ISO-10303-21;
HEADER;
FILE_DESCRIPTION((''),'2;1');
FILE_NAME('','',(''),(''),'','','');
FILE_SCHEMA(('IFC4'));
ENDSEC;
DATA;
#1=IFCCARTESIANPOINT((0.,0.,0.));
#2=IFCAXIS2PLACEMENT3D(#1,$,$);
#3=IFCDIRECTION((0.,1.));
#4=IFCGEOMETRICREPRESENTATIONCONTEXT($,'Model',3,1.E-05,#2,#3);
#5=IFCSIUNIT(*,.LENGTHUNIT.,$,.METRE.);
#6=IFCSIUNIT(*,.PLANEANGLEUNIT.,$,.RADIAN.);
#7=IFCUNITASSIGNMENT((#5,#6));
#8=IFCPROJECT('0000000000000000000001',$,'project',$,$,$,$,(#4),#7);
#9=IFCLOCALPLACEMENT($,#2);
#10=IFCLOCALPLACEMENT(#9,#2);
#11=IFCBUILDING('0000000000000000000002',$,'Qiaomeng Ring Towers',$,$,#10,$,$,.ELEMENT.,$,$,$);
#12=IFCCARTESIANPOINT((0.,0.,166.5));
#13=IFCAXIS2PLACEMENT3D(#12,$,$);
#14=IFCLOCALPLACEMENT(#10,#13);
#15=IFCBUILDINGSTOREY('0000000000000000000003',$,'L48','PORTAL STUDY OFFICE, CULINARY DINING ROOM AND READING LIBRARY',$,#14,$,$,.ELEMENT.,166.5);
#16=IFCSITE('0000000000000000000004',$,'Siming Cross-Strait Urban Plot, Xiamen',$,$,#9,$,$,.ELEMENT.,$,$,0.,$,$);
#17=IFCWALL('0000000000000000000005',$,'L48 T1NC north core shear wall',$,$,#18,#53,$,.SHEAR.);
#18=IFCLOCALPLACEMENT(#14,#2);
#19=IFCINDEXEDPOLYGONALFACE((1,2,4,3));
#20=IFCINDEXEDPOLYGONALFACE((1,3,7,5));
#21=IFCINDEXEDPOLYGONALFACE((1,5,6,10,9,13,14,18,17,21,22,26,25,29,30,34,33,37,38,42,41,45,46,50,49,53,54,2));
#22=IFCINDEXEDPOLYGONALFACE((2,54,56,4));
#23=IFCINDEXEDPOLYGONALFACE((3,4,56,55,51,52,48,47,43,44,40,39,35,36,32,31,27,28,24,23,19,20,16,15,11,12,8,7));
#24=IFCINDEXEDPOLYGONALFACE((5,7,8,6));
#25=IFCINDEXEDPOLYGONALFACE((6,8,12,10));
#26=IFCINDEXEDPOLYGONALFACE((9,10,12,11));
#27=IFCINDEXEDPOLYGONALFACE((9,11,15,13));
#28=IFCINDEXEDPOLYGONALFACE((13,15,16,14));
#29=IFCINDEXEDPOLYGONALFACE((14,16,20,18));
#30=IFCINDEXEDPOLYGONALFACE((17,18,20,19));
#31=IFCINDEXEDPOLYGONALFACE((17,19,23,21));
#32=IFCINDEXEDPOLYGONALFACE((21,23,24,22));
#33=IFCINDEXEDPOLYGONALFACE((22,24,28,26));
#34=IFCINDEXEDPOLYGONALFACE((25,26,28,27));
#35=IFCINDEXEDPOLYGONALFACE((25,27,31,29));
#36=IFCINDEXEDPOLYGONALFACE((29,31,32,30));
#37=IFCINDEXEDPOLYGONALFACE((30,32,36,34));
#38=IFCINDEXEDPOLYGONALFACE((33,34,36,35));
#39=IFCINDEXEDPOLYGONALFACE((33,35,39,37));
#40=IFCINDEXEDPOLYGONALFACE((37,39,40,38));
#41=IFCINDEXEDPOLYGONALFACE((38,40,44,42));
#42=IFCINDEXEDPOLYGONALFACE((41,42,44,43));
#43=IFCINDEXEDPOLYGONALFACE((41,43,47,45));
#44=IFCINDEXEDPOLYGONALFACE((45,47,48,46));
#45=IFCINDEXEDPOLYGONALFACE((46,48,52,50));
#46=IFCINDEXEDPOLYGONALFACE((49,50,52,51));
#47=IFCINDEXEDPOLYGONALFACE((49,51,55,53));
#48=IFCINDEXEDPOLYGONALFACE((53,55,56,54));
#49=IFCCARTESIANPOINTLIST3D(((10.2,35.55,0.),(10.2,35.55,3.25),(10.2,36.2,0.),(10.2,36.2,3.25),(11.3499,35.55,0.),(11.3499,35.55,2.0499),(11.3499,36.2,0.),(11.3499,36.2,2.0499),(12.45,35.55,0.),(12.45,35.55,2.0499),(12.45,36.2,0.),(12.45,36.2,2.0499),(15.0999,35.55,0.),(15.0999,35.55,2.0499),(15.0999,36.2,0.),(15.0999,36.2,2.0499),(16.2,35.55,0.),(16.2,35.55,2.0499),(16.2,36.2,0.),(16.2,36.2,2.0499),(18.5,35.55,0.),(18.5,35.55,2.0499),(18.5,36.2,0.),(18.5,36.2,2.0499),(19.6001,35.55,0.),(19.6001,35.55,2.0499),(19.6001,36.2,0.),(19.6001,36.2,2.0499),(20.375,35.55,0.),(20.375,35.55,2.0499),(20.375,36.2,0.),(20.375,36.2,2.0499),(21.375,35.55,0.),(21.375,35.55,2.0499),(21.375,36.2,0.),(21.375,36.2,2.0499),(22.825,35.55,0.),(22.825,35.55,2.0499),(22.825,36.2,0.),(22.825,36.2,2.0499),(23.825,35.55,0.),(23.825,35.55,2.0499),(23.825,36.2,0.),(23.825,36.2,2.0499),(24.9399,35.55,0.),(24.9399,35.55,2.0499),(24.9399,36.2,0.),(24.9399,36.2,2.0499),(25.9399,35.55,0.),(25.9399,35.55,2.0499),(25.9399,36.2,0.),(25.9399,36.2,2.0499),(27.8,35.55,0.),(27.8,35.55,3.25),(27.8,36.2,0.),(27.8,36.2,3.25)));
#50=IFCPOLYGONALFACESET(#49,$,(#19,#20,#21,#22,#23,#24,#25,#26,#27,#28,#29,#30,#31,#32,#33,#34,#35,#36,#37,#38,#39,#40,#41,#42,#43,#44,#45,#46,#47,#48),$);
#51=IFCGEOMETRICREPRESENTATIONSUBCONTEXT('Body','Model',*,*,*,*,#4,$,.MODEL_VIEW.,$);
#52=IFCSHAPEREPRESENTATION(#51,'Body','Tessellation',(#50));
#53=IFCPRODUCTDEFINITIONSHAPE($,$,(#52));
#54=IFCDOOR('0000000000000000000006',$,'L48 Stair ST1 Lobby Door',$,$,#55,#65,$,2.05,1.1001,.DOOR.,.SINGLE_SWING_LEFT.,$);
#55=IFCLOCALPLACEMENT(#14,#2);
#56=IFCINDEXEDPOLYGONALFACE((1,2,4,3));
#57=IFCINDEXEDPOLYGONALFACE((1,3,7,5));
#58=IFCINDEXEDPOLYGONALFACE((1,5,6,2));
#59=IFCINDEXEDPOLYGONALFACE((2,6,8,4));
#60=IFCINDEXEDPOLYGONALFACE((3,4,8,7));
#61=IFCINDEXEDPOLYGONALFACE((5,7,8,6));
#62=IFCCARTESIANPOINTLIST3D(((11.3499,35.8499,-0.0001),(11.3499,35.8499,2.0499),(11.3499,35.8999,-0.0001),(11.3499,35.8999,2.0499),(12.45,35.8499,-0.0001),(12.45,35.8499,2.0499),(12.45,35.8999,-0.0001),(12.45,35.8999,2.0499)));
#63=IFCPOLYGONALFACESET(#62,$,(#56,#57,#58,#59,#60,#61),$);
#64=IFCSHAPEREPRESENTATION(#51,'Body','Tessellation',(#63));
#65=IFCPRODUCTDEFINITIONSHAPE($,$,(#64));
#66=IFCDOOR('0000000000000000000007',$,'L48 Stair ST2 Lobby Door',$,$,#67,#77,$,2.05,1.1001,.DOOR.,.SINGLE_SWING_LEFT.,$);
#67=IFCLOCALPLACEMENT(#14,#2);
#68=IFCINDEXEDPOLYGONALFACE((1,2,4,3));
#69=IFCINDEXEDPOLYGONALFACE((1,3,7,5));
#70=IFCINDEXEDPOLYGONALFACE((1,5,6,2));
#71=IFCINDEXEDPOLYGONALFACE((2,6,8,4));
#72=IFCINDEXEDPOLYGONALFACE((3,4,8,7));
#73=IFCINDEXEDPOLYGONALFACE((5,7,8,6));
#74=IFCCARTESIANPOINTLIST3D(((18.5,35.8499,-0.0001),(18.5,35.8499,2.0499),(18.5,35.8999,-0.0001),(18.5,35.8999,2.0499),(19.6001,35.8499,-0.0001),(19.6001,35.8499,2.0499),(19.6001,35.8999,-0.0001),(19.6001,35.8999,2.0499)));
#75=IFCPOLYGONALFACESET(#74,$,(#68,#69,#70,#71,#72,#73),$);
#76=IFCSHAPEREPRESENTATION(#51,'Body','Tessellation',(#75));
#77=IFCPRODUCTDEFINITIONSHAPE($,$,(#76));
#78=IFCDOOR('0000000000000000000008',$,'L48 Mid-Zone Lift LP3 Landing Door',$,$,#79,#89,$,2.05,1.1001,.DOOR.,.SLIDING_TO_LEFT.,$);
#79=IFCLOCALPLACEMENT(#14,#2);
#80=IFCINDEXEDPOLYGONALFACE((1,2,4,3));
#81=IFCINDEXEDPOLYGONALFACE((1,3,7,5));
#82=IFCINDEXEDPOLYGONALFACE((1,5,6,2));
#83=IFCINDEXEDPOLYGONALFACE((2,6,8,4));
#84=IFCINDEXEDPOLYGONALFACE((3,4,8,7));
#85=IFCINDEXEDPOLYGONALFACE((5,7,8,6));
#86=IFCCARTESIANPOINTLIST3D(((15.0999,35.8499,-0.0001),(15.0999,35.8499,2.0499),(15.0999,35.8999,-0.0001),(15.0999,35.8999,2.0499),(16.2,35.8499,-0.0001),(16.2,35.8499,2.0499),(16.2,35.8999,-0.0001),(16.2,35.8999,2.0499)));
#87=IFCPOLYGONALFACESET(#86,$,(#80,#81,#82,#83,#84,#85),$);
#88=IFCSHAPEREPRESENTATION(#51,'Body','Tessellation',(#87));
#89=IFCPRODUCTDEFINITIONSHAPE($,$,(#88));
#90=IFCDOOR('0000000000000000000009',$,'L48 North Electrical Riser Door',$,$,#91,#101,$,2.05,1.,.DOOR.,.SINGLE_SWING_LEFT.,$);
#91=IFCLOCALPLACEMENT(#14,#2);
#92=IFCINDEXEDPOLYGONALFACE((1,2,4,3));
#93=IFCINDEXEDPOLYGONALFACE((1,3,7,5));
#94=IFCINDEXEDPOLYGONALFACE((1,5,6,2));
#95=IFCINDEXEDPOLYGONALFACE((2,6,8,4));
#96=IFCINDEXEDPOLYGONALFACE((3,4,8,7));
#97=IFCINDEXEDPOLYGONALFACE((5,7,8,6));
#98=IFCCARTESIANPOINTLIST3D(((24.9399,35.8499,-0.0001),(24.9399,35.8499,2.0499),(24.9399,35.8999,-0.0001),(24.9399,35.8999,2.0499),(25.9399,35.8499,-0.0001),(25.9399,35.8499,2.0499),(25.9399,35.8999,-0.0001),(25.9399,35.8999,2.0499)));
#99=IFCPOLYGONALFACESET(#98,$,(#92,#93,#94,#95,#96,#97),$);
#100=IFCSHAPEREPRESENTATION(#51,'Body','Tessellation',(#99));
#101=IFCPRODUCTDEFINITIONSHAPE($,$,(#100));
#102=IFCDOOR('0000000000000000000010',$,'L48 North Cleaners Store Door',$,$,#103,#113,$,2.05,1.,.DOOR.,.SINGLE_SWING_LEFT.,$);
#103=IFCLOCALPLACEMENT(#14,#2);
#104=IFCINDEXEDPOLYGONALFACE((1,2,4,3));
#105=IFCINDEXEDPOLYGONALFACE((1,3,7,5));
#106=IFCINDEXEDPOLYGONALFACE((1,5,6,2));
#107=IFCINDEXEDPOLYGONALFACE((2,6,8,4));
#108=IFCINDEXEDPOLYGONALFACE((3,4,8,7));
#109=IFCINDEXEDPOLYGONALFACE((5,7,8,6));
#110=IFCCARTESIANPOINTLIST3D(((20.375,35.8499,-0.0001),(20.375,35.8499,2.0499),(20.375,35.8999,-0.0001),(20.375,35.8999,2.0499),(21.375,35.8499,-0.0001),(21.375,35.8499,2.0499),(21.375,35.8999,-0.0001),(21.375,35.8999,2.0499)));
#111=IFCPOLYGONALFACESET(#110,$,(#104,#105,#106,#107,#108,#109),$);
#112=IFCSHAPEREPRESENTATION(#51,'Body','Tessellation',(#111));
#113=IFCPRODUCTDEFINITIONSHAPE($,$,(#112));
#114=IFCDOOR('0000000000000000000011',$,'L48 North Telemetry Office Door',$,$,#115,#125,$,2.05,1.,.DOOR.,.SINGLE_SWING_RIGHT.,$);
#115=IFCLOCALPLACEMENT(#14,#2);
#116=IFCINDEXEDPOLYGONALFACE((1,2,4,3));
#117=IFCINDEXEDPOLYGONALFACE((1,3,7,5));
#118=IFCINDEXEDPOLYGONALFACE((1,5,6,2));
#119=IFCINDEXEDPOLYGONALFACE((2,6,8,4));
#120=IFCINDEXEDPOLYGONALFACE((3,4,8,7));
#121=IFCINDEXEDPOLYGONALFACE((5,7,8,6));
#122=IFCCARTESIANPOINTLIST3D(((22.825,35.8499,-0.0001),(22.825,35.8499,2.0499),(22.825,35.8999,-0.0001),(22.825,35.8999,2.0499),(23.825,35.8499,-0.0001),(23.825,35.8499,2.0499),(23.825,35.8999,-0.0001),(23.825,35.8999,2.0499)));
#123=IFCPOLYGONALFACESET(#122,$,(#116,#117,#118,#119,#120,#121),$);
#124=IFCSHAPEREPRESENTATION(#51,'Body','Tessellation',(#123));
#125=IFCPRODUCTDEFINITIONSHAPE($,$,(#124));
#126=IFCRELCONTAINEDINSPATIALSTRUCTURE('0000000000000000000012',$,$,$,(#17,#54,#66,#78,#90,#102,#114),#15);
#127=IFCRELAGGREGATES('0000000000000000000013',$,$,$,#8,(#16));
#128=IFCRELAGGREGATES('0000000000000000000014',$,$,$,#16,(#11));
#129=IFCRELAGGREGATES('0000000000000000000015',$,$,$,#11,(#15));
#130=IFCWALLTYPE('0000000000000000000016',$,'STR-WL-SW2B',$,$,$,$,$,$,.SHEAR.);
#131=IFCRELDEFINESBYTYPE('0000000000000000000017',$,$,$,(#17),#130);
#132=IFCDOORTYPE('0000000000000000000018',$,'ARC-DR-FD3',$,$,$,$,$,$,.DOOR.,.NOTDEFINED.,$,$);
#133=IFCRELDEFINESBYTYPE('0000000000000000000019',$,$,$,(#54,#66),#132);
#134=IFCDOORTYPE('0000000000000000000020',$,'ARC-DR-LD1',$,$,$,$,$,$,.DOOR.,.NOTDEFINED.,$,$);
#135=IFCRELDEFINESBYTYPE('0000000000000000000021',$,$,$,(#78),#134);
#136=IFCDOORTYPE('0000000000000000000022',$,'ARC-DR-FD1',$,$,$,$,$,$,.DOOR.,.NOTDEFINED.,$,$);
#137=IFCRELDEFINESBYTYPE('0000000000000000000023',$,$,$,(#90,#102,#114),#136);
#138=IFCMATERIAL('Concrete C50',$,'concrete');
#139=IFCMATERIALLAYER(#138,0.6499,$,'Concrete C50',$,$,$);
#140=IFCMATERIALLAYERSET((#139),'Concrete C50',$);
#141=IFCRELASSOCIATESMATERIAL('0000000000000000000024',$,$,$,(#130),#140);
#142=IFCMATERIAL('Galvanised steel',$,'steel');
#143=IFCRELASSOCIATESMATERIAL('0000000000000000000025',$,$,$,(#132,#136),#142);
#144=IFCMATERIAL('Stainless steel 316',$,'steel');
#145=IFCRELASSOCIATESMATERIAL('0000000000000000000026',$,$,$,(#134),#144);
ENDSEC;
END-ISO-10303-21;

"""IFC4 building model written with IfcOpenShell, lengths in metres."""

from ifc_helpers import new_model, si_unit, direction, frame, frame_2d, origin, place, context, subcontext, project, spatial, rectangle, extrude, source, transform, mapped, material, layer, layer_set, type_object, element, fill, save


model = new_model("IFC4")

# Units and contexts
model_context = context("Model", 3, precision=1e-05, world=origin(), true_north=direction((0.0, 1.0)))
body_context = subcontext(model_context, "Body", "Model", "MODEL_VIEW")
ifc_project = project(units=[si_unit("LENGTHUNIT", "METRE"), si_unit("PLANEANGLEUNIT", "RADIAN")], contexts=[model_context])

# Site, building, storey
site_placement = place(None, origin())
site = spatial("IfcSite", under=ifc_project, at=site_placement, Name="Siming Cross-Strait Urban Plot, Xiamen", CompositionType="ELEMENT", RefElevation=0.0)
building_placement = place(site_placement, origin())
building = spatial("IfcBuilding", under=site, at=building_placement, Name="Qiaomeng Ring Towers", CompositionType="ELEMENT")
storey_placement = place(building_placement, frame((0.0, 0.0, 166.5)))
storey = spatial("IfcBuildingStorey", under=building, at=storey_placement, Name="L48", Description="PORTAL STUDY OFFICE, CULINARY DINING ROOM AND READING LIBRARY", CompositionType="ELEMENT", Elevation=166.5)

# Shared definitions
ifc_material_1 = material(Name="Concrete C50", Category="concrete")

# Shared definitions
shared_shape_1 = source(origin(), body_context, "Body", "SweptSolid", [
    extrude(rectangle(XDim=1.0, YDim=2.05, at=frame_2d((0.5, 1.0249))), frame((0.0, 0.0249, 0.0), z_axis=(0.0, -1.0, 0.0), x_axis=(1.0, 0.0, 0.0)), (0.0, 0.0, 1.0), 0.05),
])

# Wall, openings, doors
ifc_layer_1 = layer(ifc_material_1, 0.6499, Name="Concrete C50")
ifc_layer_set_1 = layer_set([ifc_layer_1], Name="Concrete C50")
wall_type_1 = type_object("IfcWallType", Name="STR-WL-SW2B", PredefinedType="SHEAR", material=ifc_layer_set_1)
wall_1_placement = place(storey_placement, frame((10.2, 35.875, 0.0), z_axis=(0.0, 0.0, 1.0), x_axis=(1.0, 0.0, 0.0)))
wall_1 = element("IfcWall", 1, at=wall_1_placement, inside=storey, type_object=wall_type_1, Name="L48 T1NC north core shear wall", PredefinedType="SHEAR", context=body_context, shape_type="SweptSolid", body=[
    extrude(rectangle(XDim=17.6001, YDim=0.6499, at=frame_2d((8.8, 0.0))), origin(), (0.0, 0.0, 1.0), 3.25),
])
opening_1_placement = place(wall_1_placement, frame((1.1499, 0.0, 0.0)))
opening_1 = element("IfcOpeningElement", 2, at=opening_1_placement, cuts=wall_1, PredefinedType="OPENING", context=body_context, shape_type="SweptSolid", body=[
    extrude(rectangle(XDim=1.1001, YDim=2.05, at=frame_2d((0.55, 1.0249))), frame((0.0, 0.335, 0.0), z_axis=(0.0, -1.0, 0.0), x_axis=(1.0, 0.0, 0.0)), (0.0, 0.0, 1.0), 0.6699),
])
opening_2_placement = place(wall_1_placement, frame((8.3, 0.0, 0.0)))
opening_2 = element("IfcOpeningElement", 3, at=opening_2_placement, cuts=wall_1, PredefinedType="OPENING", context=body_context, shape_type="SweptSolid", body=[
    extrude(rectangle(XDim=1.1001, YDim=2.05, at=frame_2d((0.55, 1.0249))), frame((0.0, 0.335, 0.0), z_axis=(0.0, -1.0, 0.0), x_axis=(1.0, 0.0, 0.0)), (0.0, 0.0, 1.0), 0.6699),
])
opening_3_placement = place(wall_1_placement, frame((4.8999, 0.0, 0.0)))
opening_3 = element("IfcOpeningElement", 4, at=opening_3_placement, cuts=wall_1, PredefinedType="OPENING", context=body_context, shape_type="SweptSolid", body=[
    extrude(rectangle(XDim=1.1001, YDim=2.05, at=frame_2d((0.55, 1.0249))), frame((0.0, 0.335, 0.0), z_axis=(0.0, -1.0, 0.0), x_axis=(1.0, 0.0, 0.0)), (0.0, 0.0, 1.0), 0.6699),
])
opening_4_placement = place(wall_1_placement, frame((14.74, 0.0, 0.0)))
opening_4 = element("IfcOpeningElement", 5, at=opening_4_placement, cuts=wall_1, PredefinedType="OPENING", context=body_context, shape_type="SweptSolid", body=[
    extrude(rectangle(XDim=1.0, YDim=2.05, at=frame_2d((0.5, 1.0249))), frame((0.0, 0.335, 0.0), z_axis=(0.0, -1.0, 0.0), x_axis=(1.0, 0.0, 0.0)), (0.0, 0.0, 1.0), 0.6699),
])
opening_5_placement = place(wall_1_placement, frame((10.175, 0.0, 0.0)))
opening_5 = element("IfcOpeningElement", 6, at=opening_5_placement, cuts=wall_1, PredefinedType="OPENING", context=body_context, shape_type="SweptSolid", body=[
    extrude(rectangle(XDim=1.0, YDim=2.05, at=frame_2d((0.5, 1.0249))), frame((0.0, 0.335, 0.0), z_axis=(0.0, -1.0, 0.0), x_axis=(1.0, 0.0, 0.0)), (0.0, 0.0, 1.0), 0.6699),
])
opening_6_placement = place(wall_1_placement, frame((12.625, 0.0, 0.0)))
opening_6 = element("IfcOpeningElement", 7, at=opening_6_placement, cuts=wall_1, PredefinedType="OPENING", context=body_context, shape_type="SweptSolid", body=[
    extrude(rectangle(XDim=1.0, YDim=2.05, at=frame_2d((0.5, 1.0249))), frame((0.0, 0.335, 0.0), z_axis=(0.0, -1.0, 0.0), x_axis=(1.0, 0.0, 0.0)), (0.0, 0.0, 1.0), 0.6699),
])
ifc_material_2 = material(Name="Galvanised steel", Category="steel")
door_type_1 = type_object("IfcDoorType", Name="ARC-DR-FD3", OperationType="NOTDEFINED", PredefinedType="DOOR", material=ifc_material_2)
shared_shape_2 = source(origin(), body_context, "Body", "SweptSolid", [
    extrude(rectangle(XDim=1.1001, YDim=2.05, at=frame_2d((0.55, 1.0249))), frame((0.0, 0.0249, 0.0), z_axis=(0.0, -1.0, 0.0), x_axis=(1.0, 0.0, 0.0)), (0.0, 0.0, 1.0), 0.05),
])
door_1_placement = place(opening_1_placement, origin())
door_1 = element("IfcDoor", 8, at=door_1_placement, inside=storey, type_object=door_type_1, Name="L48 Stair ST1 Lobby Door", OperationType="SINGLE_SWING_LEFT", OverallHeight=2.05, OverallWidth=1.1001, PredefinedType="DOOR", context=body_context, shape_type="MappedRepresentation", body=[
    mapped(shared_shape_2, transform((0.0, 0.0, 0.0), x_axis=(1.0, 0.0, 0.0), y_axis=(0.0, 1.0, 0.0), z_axis=(0.0, 0.0, 1.0), scale=1.0)),
])
fill(opening_1, door_1)
door_2_placement = place(opening_2_placement, origin())
door_2 = element("IfcDoor", 9, at=door_2_placement, inside=storey, type_object=door_type_1, Name="L48 Stair ST2 Lobby Door", OperationType="SINGLE_SWING_LEFT", OverallHeight=2.05, OverallWidth=1.1001, PredefinedType="DOOR", context=body_context, shape_type="MappedRepresentation", body=[
    mapped(shared_shape_2, transform((0.0, 0.0, 0.0), x_axis=(1.0, 0.0, 0.0), y_axis=(0.0, 1.0, 0.0), z_axis=(0.0, 0.0, 1.0), scale=1.0)),
])
fill(opening_2, door_2)
ifc_material_3 = material(Name="Stainless steel 316", Category="steel")
door_type_2 = type_object("IfcDoorType", Name="ARC-DR-LD1", OperationType="NOTDEFINED", PredefinedType="DOOR", material=ifc_material_3)
door_3_placement = place(opening_3_placement, origin())
door_3 = element("IfcDoor", 10, at=door_3_placement, inside=storey, type_object=door_type_2, Name="L48 Mid-Zone Lift LP3 Landing Door", OperationType="SLIDING_TO_LEFT", OverallHeight=2.05, OverallWidth=1.1001, PredefinedType="DOOR", context=body_context, shape_type="MappedRepresentation", body=[
    mapped(shared_shape_2, transform((0.0, 0.0, 0.0), x_axis=(1.0, 0.0, 0.0), y_axis=(0.0, 1.0, 0.0), z_axis=(0.0, 0.0, 1.0), scale=1.0)),
])
fill(opening_3, door_3)
door_type_3 = type_object("IfcDoorType", Name="ARC-DR-FD1", OperationType="NOTDEFINED", PredefinedType="DOOR", material=ifc_material_2)
door_4_placement = place(opening_4_placement, origin())
door_4 = element("IfcDoor", 11, at=door_4_placement, inside=storey, type_object=door_type_3, Name="L48 North Electrical Riser Door", OperationType="SINGLE_SWING_LEFT", OverallHeight=2.05, OverallWidth=1.0, PredefinedType="DOOR", context=body_context, shape_type="MappedRepresentation", body=[
    mapped(shared_shape_1, transform((0.0, 0.0, 0.0), x_axis=(1.0, 0.0, 0.0), y_axis=(0.0, 1.0, 0.0), z_axis=(0.0, 0.0, 1.0), scale=1.0)),
])
fill(opening_4, door_4)
door_5_placement = place(opening_5_placement, origin())
door_5 = element("IfcDoor", 12, at=door_5_placement, inside=storey, type_object=door_type_3, Name="L48 North Cleaners Store Door", OperationType="SINGLE_SWING_LEFT", OverallHeight=2.05, OverallWidth=1.0, PredefinedType="DOOR", context=body_context, shape_type="MappedRepresentation", body=[
    mapped(shared_shape_1, transform((0.0, 0.0, 0.0), x_axis=(1.0, 0.0, 0.0), y_axis=(0.0, 1.0, 0.0), z_axis=(0.0, 0.0, 1.0), scale=1.0)),
])
fill(opening_5, door_5)
door_6_placement = place(opening_6_placement, origin())
door_6 = element("IfcDoor", 13, at=door_6_placement, inside=storey, type_object=door_type_3, Name="L48 North Telemetry Office Door", OperationType="SINGLE_SWING_RIGHT", OverallHeight=2.05, OverallWidth=1.0, PredefinedType="DOOR", context=body_context, shape_type="MappedRepresentation", body=[
    mapped(shared_shape_1, transform((0.0, 0.0, 0.0), x_axis=(1.0, 0.0, 0.0), y_axis=(0.0, 1.0, 0.0), z_axis=(0.0, 0.0, 1.0), scale=1.0)),
])
fill(opening_6, door_6)

save(model, "model.ifc")
